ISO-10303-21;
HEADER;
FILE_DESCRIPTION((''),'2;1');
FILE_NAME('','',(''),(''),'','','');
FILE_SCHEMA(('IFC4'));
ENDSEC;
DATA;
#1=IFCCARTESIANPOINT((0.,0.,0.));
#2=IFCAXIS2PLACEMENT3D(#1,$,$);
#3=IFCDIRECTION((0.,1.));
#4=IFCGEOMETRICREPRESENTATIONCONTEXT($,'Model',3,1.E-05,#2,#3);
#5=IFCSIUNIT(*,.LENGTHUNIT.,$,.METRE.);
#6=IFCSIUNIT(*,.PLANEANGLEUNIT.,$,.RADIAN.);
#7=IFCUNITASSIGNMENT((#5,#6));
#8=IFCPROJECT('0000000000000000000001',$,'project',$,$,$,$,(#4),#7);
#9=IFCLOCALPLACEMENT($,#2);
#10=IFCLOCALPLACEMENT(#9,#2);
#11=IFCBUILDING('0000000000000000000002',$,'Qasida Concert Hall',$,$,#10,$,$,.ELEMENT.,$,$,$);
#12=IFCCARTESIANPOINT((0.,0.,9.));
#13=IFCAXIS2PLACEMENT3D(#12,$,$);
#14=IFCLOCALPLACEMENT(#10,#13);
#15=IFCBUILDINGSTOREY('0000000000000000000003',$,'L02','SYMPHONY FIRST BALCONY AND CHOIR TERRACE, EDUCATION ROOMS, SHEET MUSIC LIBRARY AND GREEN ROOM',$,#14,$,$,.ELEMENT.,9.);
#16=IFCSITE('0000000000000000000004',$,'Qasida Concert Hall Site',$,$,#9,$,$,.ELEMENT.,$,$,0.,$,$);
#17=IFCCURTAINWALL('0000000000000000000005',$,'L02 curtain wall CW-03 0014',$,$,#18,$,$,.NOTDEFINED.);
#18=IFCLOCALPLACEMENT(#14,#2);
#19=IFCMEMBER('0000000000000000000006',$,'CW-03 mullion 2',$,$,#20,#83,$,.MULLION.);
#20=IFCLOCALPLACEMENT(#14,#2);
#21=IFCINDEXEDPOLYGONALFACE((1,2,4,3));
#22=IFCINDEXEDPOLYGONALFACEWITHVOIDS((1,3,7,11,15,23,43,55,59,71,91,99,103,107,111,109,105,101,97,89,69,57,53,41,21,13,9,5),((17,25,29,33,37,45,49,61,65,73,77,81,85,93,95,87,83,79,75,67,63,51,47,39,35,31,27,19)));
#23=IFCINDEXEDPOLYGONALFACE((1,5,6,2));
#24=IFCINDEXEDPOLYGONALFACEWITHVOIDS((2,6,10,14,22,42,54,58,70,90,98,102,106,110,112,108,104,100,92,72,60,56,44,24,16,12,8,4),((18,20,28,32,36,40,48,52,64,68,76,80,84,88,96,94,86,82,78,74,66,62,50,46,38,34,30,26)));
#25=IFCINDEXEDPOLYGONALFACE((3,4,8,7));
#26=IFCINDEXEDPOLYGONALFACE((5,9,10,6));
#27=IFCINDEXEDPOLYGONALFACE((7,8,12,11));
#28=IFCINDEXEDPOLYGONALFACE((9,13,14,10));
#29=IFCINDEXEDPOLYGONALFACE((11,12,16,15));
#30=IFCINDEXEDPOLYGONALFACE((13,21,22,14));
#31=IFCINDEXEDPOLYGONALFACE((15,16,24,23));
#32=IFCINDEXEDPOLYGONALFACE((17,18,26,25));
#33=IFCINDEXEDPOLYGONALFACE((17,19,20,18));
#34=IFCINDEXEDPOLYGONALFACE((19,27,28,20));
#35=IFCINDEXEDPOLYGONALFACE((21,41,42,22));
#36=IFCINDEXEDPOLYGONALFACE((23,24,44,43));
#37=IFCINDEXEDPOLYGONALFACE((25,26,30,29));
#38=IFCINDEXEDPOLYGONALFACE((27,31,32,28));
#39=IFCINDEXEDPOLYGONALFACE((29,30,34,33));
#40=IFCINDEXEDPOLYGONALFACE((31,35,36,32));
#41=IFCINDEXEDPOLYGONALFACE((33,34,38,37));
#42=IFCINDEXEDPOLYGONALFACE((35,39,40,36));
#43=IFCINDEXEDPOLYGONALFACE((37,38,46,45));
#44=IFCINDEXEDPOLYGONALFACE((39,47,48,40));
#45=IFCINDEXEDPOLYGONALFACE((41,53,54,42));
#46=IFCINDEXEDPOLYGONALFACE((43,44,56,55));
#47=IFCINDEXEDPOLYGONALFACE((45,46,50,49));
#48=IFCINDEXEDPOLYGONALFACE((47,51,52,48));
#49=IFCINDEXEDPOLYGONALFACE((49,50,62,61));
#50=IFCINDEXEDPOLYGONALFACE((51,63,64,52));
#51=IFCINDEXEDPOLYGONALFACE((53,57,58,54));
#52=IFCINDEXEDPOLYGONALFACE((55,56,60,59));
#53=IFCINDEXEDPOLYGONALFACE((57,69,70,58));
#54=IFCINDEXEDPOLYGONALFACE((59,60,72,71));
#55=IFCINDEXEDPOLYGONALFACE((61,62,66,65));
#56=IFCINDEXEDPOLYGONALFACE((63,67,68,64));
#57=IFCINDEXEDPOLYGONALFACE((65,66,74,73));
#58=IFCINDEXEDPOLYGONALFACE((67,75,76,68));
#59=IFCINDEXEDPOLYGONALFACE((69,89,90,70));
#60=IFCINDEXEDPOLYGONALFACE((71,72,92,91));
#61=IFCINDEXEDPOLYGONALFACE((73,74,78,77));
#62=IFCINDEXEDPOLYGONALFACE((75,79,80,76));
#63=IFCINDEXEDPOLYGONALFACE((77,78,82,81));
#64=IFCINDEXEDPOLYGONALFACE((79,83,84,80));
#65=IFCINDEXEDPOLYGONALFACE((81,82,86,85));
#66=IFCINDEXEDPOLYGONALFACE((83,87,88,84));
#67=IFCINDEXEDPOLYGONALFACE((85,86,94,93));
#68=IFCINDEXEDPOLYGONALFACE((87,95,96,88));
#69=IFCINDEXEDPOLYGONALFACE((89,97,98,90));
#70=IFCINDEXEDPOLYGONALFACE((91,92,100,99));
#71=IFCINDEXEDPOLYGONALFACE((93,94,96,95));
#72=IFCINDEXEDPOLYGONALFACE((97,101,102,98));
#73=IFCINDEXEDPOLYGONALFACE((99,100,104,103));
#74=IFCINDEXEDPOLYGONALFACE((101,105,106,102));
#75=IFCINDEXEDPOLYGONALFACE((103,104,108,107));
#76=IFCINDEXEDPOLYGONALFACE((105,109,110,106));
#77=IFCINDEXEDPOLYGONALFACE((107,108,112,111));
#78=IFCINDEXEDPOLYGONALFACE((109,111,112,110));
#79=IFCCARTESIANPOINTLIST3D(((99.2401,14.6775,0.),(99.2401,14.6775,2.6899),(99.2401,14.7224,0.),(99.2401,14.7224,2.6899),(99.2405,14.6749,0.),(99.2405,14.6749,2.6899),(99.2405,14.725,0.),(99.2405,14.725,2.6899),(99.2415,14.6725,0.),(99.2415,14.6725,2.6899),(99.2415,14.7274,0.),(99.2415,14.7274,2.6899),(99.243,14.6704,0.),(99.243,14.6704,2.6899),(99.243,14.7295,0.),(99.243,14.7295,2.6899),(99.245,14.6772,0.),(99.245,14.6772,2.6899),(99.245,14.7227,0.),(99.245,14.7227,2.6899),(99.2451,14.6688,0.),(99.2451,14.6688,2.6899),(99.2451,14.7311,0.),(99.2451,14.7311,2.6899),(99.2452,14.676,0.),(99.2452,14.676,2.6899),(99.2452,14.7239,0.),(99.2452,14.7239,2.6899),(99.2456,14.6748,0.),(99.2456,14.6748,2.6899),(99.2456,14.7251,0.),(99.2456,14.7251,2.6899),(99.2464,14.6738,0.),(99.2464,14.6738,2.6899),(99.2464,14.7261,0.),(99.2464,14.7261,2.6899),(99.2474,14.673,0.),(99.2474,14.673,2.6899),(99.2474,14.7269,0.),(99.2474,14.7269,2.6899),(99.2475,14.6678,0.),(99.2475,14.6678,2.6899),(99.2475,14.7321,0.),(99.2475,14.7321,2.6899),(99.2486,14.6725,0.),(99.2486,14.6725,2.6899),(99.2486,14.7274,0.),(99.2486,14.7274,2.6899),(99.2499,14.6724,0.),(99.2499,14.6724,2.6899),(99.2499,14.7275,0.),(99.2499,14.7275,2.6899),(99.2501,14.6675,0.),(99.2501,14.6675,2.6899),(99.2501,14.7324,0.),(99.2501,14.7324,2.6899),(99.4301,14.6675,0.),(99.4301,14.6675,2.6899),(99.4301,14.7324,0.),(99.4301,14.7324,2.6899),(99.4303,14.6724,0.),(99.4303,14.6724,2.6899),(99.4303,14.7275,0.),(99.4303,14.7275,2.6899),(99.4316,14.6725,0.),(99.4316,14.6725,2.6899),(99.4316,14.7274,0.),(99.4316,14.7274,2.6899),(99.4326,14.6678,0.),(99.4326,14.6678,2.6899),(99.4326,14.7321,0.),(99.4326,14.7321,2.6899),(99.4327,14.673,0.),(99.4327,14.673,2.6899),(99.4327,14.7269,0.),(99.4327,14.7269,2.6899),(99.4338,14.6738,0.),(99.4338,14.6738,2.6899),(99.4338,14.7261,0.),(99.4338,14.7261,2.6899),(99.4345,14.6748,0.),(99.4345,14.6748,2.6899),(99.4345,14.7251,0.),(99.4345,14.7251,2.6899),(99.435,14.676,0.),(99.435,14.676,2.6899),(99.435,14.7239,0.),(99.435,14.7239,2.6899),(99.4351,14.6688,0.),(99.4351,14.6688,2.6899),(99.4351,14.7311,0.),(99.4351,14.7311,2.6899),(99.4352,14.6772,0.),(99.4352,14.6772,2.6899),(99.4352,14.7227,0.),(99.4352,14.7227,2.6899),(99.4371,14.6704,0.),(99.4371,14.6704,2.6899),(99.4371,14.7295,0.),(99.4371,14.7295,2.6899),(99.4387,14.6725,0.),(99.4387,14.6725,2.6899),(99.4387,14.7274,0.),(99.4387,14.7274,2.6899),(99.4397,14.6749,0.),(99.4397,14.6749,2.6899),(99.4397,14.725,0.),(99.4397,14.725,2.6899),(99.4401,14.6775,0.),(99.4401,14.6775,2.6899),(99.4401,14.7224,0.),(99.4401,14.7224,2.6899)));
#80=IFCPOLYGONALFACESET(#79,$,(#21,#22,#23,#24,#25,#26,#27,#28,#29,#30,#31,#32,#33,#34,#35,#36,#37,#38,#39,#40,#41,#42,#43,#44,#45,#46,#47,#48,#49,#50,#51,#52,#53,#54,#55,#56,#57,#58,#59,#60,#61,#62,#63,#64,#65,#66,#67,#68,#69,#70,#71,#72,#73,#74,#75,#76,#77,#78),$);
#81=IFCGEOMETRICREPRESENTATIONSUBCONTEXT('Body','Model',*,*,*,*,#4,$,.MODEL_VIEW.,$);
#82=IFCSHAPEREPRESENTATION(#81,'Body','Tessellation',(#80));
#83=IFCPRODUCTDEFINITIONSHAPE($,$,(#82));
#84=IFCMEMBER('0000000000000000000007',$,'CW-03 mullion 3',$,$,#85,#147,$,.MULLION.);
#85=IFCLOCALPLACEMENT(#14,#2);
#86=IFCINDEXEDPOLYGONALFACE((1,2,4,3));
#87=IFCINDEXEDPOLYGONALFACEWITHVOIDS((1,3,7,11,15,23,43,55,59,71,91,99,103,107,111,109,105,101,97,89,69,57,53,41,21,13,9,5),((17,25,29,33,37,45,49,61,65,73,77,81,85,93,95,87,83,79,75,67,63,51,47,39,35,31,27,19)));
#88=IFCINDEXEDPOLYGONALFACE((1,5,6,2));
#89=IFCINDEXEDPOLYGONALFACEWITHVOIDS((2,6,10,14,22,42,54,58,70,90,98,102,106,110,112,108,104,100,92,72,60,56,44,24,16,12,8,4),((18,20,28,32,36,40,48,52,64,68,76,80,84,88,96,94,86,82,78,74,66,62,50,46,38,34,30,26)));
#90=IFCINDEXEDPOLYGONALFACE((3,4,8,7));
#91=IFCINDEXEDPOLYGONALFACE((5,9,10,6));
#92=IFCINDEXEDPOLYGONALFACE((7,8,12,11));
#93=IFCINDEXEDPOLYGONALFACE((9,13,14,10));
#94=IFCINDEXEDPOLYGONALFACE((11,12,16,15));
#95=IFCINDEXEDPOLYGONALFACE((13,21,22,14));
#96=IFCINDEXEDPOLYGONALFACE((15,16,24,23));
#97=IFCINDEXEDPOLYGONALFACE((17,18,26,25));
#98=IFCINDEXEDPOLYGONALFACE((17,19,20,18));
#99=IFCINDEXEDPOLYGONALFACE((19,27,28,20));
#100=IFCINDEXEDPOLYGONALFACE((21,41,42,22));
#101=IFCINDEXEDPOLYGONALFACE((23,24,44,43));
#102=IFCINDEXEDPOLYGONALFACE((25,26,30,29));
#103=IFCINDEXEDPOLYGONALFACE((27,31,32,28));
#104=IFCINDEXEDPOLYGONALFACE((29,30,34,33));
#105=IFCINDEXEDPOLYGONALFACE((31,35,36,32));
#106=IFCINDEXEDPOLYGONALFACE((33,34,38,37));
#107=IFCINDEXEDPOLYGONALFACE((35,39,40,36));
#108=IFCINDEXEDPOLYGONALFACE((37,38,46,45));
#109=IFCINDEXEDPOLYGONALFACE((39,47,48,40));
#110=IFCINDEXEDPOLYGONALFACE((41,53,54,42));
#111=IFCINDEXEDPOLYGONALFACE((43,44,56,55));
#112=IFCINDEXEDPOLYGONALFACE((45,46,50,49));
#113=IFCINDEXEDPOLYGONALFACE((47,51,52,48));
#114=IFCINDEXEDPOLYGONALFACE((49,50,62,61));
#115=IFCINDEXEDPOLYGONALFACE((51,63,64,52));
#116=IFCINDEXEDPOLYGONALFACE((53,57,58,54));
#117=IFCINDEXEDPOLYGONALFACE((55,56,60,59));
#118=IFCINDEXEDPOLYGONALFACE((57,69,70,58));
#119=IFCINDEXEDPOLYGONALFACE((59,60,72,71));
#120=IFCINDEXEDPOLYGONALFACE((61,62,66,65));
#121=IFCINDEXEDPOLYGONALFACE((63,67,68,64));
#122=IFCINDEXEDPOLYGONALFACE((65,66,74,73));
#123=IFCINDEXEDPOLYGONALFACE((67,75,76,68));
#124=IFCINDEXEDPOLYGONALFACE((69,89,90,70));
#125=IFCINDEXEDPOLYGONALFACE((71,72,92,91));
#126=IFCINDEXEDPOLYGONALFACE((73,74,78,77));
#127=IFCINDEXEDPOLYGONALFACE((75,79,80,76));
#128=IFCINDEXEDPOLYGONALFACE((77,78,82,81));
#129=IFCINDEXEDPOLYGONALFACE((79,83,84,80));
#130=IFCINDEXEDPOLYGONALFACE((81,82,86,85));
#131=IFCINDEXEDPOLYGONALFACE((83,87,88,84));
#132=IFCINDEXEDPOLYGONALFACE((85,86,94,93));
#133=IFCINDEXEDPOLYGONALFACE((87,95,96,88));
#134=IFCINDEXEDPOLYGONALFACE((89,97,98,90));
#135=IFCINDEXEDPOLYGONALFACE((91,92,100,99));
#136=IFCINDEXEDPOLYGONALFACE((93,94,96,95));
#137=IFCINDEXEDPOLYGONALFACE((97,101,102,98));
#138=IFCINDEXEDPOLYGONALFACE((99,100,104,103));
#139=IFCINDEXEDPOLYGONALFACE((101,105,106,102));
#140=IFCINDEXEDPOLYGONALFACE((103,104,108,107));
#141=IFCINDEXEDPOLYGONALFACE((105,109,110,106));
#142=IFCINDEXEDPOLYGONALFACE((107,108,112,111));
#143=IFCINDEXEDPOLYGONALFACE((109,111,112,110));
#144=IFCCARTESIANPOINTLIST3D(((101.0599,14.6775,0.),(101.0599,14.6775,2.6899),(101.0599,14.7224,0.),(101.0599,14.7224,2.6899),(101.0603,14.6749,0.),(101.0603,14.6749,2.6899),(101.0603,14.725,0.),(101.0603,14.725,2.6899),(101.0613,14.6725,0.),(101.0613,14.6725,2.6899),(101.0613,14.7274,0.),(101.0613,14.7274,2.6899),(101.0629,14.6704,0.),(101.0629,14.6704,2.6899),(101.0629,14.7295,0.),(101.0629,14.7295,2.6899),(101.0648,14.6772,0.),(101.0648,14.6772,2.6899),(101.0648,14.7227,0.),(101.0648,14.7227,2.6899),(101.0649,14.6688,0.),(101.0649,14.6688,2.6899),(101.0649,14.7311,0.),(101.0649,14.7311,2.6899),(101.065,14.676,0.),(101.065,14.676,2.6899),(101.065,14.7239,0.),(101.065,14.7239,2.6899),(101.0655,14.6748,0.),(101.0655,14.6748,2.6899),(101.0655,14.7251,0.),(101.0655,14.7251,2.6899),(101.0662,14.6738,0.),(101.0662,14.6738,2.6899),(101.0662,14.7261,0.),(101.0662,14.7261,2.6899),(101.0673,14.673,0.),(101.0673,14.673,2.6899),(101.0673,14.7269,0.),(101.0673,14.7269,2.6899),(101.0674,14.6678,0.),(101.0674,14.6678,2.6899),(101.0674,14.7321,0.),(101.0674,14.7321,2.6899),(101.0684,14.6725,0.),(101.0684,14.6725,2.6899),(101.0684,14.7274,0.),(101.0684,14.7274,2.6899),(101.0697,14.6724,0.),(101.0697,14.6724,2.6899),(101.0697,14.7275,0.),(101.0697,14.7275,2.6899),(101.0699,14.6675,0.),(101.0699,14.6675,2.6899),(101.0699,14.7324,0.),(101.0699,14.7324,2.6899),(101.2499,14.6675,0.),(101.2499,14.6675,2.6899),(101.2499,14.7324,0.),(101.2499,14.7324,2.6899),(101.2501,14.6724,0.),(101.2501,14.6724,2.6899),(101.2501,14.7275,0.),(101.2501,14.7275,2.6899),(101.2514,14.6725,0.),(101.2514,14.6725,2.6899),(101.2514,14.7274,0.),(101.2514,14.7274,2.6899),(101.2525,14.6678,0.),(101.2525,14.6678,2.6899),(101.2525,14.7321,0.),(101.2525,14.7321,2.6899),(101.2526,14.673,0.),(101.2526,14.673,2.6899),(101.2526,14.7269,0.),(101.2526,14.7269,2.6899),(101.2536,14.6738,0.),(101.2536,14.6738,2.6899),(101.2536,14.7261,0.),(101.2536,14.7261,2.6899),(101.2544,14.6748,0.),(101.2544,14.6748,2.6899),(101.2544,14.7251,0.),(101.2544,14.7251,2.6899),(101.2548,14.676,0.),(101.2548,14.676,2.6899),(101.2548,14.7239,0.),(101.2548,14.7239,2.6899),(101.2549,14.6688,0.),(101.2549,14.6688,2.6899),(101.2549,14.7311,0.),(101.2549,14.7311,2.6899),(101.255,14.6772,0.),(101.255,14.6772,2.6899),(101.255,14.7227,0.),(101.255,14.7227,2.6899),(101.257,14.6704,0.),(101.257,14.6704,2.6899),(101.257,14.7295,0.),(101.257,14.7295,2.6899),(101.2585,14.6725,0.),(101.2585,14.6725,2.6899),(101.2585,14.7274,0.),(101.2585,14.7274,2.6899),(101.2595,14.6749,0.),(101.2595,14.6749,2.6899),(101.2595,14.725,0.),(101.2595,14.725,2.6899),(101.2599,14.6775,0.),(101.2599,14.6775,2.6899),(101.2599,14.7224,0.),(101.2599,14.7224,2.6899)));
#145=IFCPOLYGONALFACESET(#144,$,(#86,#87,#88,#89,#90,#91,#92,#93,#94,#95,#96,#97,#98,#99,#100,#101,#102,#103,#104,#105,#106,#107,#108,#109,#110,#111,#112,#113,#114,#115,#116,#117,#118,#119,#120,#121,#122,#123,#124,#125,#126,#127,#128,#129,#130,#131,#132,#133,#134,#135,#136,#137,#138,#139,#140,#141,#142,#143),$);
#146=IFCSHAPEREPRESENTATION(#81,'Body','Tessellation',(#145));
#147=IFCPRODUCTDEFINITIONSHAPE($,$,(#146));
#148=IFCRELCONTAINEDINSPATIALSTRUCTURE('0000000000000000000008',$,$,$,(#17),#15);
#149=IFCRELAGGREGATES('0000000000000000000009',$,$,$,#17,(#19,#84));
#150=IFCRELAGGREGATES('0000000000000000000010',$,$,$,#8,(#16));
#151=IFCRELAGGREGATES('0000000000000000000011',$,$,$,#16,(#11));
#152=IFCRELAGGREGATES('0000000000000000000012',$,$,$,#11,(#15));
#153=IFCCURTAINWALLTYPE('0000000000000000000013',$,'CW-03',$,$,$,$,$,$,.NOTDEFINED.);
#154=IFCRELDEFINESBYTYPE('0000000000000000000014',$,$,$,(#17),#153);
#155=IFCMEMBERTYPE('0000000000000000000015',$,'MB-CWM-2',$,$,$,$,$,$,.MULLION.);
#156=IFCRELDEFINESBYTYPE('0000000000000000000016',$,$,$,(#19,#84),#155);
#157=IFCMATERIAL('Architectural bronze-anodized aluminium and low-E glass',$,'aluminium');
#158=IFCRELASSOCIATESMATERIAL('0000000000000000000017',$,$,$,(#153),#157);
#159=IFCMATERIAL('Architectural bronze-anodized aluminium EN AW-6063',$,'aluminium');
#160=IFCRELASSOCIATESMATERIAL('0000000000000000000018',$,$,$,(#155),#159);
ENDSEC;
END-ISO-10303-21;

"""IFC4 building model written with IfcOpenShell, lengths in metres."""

from ifc_helpers import new_model, si_unit, direction, frame, origin, origin_2d, place, context, subcontext, project, spatial, hollow_rectangle, extrude, material, material_profile, profile_set, type_object, element, aggregate, save


model = new_model("IFC4")

# Units and contexts
model_context = context("Model", 3, precision=1e-05, world=origin(), true_north=direction((0.0, 1.0)))
body_context = subcontext(model_context, "Body", "Model", "MODEL_VIEW")
ifc_project = project(units=[si_unit("LENGTHUNIT", "METRE"), si_unit("PLANEANGLEUNIT", "RADIAN")], contexts=[model_context])

# Site, building, storey
site_placement = place(None, origin())
site = spatial("IfcSite", under=ifc_project, at=site_placement, Name="Qasida Concert Hall Site", CompositionType="ELEMENT", RefElevation=0.0)
building_placement = place(site_placement, origin())
building = spatial("IfcBuilding", under=site, at=building_placement, Name="Qasida Concert Hall", CompositionType="ELEMENT")
storey_placement = place(building_placement, frame((0.0, 0.0, 9.0)))
storey = spatial("IfcBuildingStorey", under=building, at=storey_placement, Name="L02", Description="SYMPHONY FIRST BALCONY AND CHOIR TERRACE, EDUCATION ROOMS, SHEET MUSIC LIBRARY AND GREEN ROOM", CompositionType="ELEMENT", Elevation=9.0)

# Curtain wall, members
ifc_material_1 = material(Name="Architectural bronze-anodized aluminium and low-E glass", Category="aluminium")
curtain_wall_type = type_object("IfcCurtainWallType", Name="CW-03", PredefinedType="NOTDEFINED", material=ifc_material_1)
curtain_wall_placement = place(storey_placement, origin())
curtain_wall = element("IfcCurtainWall", 1, at=curtain_wall_placement, inside=storey, type_object=curtain_wall_type, Name="L02 curtain wall CW-03 0014", PredefinedType="NOTDEFINED")
ifc_material_2 = material(Name="Architectural bronze-anodized aluminium EN AW-6063", Category="aluminium")
ifc_material_profile_1 = material_profile(ifc_material_2, hollow_rectangle(XDim=0.0649, YDim=0.2, WallThickness=0.0049, InnerFilletRadius=0.0049, OuterFilletRadius=0.01, at=origin_2d()), Name="CWM 200x65x5")
ifc_profile_set_1 = profile_set([ifc_material_profile_1], Name="Architectural bronze-anodized aluminium EN AW-6063")
member_type_1 = type_object("IfcMemberType", Name="MB-CWM-2", PredefinedType="MULLION", material=ifc_profile_set_1)
member_1_placement = place(storey_placement, frame((99.3401, 14.7, 0.0), z_axis=(0.0, 0.0, 1.0), x_axis=(0.0, 1.0, 0.0)))
member_1 = element("IfcMember", 2, at=member_1_placement, type_object=member_type_1, Name="CW-03 mullion 2", PredefinedType="MULLION", context=body_context, shape_type="SweptSolid", body=[
    extrude(hollow_rectangle(XDim=0.0649, YDim=0.2, WallThickness=0.0049, InnerFilletRadius=0.0049, OuterFilletRadius=0.01, at=origin_2d()), origin(), (0.0, 0.0, 1.0), 2.6899),
])
member_2_placement = place(storey_placement, frame((101.1599, 14.7, 0.0), z_axis=(0.0, 0.0, 1.0), x_axis=(0.0, 1.0, 0.0)))
member_2 = element("IfcMember", 3, at=member_2_placement, type_object=member_type_1, Name="CW-03 mullion 3", PredefinedType="MULLION", context=body_context, shape_type="SweptSolid", body=[
    extrude(hollow_rectangle(XDim=0.0649, YDim=0.2, WallThickness=0.0049, InnerFilletRadius=0.0049, OuterFilletRadius=0.01, at=origin_2d()), origin(), (0.0, 0.0, 1.0), 2.6899),
])
aggregate(curtain_wall, [member_1, member_2])

save(model, "model.ifc")
